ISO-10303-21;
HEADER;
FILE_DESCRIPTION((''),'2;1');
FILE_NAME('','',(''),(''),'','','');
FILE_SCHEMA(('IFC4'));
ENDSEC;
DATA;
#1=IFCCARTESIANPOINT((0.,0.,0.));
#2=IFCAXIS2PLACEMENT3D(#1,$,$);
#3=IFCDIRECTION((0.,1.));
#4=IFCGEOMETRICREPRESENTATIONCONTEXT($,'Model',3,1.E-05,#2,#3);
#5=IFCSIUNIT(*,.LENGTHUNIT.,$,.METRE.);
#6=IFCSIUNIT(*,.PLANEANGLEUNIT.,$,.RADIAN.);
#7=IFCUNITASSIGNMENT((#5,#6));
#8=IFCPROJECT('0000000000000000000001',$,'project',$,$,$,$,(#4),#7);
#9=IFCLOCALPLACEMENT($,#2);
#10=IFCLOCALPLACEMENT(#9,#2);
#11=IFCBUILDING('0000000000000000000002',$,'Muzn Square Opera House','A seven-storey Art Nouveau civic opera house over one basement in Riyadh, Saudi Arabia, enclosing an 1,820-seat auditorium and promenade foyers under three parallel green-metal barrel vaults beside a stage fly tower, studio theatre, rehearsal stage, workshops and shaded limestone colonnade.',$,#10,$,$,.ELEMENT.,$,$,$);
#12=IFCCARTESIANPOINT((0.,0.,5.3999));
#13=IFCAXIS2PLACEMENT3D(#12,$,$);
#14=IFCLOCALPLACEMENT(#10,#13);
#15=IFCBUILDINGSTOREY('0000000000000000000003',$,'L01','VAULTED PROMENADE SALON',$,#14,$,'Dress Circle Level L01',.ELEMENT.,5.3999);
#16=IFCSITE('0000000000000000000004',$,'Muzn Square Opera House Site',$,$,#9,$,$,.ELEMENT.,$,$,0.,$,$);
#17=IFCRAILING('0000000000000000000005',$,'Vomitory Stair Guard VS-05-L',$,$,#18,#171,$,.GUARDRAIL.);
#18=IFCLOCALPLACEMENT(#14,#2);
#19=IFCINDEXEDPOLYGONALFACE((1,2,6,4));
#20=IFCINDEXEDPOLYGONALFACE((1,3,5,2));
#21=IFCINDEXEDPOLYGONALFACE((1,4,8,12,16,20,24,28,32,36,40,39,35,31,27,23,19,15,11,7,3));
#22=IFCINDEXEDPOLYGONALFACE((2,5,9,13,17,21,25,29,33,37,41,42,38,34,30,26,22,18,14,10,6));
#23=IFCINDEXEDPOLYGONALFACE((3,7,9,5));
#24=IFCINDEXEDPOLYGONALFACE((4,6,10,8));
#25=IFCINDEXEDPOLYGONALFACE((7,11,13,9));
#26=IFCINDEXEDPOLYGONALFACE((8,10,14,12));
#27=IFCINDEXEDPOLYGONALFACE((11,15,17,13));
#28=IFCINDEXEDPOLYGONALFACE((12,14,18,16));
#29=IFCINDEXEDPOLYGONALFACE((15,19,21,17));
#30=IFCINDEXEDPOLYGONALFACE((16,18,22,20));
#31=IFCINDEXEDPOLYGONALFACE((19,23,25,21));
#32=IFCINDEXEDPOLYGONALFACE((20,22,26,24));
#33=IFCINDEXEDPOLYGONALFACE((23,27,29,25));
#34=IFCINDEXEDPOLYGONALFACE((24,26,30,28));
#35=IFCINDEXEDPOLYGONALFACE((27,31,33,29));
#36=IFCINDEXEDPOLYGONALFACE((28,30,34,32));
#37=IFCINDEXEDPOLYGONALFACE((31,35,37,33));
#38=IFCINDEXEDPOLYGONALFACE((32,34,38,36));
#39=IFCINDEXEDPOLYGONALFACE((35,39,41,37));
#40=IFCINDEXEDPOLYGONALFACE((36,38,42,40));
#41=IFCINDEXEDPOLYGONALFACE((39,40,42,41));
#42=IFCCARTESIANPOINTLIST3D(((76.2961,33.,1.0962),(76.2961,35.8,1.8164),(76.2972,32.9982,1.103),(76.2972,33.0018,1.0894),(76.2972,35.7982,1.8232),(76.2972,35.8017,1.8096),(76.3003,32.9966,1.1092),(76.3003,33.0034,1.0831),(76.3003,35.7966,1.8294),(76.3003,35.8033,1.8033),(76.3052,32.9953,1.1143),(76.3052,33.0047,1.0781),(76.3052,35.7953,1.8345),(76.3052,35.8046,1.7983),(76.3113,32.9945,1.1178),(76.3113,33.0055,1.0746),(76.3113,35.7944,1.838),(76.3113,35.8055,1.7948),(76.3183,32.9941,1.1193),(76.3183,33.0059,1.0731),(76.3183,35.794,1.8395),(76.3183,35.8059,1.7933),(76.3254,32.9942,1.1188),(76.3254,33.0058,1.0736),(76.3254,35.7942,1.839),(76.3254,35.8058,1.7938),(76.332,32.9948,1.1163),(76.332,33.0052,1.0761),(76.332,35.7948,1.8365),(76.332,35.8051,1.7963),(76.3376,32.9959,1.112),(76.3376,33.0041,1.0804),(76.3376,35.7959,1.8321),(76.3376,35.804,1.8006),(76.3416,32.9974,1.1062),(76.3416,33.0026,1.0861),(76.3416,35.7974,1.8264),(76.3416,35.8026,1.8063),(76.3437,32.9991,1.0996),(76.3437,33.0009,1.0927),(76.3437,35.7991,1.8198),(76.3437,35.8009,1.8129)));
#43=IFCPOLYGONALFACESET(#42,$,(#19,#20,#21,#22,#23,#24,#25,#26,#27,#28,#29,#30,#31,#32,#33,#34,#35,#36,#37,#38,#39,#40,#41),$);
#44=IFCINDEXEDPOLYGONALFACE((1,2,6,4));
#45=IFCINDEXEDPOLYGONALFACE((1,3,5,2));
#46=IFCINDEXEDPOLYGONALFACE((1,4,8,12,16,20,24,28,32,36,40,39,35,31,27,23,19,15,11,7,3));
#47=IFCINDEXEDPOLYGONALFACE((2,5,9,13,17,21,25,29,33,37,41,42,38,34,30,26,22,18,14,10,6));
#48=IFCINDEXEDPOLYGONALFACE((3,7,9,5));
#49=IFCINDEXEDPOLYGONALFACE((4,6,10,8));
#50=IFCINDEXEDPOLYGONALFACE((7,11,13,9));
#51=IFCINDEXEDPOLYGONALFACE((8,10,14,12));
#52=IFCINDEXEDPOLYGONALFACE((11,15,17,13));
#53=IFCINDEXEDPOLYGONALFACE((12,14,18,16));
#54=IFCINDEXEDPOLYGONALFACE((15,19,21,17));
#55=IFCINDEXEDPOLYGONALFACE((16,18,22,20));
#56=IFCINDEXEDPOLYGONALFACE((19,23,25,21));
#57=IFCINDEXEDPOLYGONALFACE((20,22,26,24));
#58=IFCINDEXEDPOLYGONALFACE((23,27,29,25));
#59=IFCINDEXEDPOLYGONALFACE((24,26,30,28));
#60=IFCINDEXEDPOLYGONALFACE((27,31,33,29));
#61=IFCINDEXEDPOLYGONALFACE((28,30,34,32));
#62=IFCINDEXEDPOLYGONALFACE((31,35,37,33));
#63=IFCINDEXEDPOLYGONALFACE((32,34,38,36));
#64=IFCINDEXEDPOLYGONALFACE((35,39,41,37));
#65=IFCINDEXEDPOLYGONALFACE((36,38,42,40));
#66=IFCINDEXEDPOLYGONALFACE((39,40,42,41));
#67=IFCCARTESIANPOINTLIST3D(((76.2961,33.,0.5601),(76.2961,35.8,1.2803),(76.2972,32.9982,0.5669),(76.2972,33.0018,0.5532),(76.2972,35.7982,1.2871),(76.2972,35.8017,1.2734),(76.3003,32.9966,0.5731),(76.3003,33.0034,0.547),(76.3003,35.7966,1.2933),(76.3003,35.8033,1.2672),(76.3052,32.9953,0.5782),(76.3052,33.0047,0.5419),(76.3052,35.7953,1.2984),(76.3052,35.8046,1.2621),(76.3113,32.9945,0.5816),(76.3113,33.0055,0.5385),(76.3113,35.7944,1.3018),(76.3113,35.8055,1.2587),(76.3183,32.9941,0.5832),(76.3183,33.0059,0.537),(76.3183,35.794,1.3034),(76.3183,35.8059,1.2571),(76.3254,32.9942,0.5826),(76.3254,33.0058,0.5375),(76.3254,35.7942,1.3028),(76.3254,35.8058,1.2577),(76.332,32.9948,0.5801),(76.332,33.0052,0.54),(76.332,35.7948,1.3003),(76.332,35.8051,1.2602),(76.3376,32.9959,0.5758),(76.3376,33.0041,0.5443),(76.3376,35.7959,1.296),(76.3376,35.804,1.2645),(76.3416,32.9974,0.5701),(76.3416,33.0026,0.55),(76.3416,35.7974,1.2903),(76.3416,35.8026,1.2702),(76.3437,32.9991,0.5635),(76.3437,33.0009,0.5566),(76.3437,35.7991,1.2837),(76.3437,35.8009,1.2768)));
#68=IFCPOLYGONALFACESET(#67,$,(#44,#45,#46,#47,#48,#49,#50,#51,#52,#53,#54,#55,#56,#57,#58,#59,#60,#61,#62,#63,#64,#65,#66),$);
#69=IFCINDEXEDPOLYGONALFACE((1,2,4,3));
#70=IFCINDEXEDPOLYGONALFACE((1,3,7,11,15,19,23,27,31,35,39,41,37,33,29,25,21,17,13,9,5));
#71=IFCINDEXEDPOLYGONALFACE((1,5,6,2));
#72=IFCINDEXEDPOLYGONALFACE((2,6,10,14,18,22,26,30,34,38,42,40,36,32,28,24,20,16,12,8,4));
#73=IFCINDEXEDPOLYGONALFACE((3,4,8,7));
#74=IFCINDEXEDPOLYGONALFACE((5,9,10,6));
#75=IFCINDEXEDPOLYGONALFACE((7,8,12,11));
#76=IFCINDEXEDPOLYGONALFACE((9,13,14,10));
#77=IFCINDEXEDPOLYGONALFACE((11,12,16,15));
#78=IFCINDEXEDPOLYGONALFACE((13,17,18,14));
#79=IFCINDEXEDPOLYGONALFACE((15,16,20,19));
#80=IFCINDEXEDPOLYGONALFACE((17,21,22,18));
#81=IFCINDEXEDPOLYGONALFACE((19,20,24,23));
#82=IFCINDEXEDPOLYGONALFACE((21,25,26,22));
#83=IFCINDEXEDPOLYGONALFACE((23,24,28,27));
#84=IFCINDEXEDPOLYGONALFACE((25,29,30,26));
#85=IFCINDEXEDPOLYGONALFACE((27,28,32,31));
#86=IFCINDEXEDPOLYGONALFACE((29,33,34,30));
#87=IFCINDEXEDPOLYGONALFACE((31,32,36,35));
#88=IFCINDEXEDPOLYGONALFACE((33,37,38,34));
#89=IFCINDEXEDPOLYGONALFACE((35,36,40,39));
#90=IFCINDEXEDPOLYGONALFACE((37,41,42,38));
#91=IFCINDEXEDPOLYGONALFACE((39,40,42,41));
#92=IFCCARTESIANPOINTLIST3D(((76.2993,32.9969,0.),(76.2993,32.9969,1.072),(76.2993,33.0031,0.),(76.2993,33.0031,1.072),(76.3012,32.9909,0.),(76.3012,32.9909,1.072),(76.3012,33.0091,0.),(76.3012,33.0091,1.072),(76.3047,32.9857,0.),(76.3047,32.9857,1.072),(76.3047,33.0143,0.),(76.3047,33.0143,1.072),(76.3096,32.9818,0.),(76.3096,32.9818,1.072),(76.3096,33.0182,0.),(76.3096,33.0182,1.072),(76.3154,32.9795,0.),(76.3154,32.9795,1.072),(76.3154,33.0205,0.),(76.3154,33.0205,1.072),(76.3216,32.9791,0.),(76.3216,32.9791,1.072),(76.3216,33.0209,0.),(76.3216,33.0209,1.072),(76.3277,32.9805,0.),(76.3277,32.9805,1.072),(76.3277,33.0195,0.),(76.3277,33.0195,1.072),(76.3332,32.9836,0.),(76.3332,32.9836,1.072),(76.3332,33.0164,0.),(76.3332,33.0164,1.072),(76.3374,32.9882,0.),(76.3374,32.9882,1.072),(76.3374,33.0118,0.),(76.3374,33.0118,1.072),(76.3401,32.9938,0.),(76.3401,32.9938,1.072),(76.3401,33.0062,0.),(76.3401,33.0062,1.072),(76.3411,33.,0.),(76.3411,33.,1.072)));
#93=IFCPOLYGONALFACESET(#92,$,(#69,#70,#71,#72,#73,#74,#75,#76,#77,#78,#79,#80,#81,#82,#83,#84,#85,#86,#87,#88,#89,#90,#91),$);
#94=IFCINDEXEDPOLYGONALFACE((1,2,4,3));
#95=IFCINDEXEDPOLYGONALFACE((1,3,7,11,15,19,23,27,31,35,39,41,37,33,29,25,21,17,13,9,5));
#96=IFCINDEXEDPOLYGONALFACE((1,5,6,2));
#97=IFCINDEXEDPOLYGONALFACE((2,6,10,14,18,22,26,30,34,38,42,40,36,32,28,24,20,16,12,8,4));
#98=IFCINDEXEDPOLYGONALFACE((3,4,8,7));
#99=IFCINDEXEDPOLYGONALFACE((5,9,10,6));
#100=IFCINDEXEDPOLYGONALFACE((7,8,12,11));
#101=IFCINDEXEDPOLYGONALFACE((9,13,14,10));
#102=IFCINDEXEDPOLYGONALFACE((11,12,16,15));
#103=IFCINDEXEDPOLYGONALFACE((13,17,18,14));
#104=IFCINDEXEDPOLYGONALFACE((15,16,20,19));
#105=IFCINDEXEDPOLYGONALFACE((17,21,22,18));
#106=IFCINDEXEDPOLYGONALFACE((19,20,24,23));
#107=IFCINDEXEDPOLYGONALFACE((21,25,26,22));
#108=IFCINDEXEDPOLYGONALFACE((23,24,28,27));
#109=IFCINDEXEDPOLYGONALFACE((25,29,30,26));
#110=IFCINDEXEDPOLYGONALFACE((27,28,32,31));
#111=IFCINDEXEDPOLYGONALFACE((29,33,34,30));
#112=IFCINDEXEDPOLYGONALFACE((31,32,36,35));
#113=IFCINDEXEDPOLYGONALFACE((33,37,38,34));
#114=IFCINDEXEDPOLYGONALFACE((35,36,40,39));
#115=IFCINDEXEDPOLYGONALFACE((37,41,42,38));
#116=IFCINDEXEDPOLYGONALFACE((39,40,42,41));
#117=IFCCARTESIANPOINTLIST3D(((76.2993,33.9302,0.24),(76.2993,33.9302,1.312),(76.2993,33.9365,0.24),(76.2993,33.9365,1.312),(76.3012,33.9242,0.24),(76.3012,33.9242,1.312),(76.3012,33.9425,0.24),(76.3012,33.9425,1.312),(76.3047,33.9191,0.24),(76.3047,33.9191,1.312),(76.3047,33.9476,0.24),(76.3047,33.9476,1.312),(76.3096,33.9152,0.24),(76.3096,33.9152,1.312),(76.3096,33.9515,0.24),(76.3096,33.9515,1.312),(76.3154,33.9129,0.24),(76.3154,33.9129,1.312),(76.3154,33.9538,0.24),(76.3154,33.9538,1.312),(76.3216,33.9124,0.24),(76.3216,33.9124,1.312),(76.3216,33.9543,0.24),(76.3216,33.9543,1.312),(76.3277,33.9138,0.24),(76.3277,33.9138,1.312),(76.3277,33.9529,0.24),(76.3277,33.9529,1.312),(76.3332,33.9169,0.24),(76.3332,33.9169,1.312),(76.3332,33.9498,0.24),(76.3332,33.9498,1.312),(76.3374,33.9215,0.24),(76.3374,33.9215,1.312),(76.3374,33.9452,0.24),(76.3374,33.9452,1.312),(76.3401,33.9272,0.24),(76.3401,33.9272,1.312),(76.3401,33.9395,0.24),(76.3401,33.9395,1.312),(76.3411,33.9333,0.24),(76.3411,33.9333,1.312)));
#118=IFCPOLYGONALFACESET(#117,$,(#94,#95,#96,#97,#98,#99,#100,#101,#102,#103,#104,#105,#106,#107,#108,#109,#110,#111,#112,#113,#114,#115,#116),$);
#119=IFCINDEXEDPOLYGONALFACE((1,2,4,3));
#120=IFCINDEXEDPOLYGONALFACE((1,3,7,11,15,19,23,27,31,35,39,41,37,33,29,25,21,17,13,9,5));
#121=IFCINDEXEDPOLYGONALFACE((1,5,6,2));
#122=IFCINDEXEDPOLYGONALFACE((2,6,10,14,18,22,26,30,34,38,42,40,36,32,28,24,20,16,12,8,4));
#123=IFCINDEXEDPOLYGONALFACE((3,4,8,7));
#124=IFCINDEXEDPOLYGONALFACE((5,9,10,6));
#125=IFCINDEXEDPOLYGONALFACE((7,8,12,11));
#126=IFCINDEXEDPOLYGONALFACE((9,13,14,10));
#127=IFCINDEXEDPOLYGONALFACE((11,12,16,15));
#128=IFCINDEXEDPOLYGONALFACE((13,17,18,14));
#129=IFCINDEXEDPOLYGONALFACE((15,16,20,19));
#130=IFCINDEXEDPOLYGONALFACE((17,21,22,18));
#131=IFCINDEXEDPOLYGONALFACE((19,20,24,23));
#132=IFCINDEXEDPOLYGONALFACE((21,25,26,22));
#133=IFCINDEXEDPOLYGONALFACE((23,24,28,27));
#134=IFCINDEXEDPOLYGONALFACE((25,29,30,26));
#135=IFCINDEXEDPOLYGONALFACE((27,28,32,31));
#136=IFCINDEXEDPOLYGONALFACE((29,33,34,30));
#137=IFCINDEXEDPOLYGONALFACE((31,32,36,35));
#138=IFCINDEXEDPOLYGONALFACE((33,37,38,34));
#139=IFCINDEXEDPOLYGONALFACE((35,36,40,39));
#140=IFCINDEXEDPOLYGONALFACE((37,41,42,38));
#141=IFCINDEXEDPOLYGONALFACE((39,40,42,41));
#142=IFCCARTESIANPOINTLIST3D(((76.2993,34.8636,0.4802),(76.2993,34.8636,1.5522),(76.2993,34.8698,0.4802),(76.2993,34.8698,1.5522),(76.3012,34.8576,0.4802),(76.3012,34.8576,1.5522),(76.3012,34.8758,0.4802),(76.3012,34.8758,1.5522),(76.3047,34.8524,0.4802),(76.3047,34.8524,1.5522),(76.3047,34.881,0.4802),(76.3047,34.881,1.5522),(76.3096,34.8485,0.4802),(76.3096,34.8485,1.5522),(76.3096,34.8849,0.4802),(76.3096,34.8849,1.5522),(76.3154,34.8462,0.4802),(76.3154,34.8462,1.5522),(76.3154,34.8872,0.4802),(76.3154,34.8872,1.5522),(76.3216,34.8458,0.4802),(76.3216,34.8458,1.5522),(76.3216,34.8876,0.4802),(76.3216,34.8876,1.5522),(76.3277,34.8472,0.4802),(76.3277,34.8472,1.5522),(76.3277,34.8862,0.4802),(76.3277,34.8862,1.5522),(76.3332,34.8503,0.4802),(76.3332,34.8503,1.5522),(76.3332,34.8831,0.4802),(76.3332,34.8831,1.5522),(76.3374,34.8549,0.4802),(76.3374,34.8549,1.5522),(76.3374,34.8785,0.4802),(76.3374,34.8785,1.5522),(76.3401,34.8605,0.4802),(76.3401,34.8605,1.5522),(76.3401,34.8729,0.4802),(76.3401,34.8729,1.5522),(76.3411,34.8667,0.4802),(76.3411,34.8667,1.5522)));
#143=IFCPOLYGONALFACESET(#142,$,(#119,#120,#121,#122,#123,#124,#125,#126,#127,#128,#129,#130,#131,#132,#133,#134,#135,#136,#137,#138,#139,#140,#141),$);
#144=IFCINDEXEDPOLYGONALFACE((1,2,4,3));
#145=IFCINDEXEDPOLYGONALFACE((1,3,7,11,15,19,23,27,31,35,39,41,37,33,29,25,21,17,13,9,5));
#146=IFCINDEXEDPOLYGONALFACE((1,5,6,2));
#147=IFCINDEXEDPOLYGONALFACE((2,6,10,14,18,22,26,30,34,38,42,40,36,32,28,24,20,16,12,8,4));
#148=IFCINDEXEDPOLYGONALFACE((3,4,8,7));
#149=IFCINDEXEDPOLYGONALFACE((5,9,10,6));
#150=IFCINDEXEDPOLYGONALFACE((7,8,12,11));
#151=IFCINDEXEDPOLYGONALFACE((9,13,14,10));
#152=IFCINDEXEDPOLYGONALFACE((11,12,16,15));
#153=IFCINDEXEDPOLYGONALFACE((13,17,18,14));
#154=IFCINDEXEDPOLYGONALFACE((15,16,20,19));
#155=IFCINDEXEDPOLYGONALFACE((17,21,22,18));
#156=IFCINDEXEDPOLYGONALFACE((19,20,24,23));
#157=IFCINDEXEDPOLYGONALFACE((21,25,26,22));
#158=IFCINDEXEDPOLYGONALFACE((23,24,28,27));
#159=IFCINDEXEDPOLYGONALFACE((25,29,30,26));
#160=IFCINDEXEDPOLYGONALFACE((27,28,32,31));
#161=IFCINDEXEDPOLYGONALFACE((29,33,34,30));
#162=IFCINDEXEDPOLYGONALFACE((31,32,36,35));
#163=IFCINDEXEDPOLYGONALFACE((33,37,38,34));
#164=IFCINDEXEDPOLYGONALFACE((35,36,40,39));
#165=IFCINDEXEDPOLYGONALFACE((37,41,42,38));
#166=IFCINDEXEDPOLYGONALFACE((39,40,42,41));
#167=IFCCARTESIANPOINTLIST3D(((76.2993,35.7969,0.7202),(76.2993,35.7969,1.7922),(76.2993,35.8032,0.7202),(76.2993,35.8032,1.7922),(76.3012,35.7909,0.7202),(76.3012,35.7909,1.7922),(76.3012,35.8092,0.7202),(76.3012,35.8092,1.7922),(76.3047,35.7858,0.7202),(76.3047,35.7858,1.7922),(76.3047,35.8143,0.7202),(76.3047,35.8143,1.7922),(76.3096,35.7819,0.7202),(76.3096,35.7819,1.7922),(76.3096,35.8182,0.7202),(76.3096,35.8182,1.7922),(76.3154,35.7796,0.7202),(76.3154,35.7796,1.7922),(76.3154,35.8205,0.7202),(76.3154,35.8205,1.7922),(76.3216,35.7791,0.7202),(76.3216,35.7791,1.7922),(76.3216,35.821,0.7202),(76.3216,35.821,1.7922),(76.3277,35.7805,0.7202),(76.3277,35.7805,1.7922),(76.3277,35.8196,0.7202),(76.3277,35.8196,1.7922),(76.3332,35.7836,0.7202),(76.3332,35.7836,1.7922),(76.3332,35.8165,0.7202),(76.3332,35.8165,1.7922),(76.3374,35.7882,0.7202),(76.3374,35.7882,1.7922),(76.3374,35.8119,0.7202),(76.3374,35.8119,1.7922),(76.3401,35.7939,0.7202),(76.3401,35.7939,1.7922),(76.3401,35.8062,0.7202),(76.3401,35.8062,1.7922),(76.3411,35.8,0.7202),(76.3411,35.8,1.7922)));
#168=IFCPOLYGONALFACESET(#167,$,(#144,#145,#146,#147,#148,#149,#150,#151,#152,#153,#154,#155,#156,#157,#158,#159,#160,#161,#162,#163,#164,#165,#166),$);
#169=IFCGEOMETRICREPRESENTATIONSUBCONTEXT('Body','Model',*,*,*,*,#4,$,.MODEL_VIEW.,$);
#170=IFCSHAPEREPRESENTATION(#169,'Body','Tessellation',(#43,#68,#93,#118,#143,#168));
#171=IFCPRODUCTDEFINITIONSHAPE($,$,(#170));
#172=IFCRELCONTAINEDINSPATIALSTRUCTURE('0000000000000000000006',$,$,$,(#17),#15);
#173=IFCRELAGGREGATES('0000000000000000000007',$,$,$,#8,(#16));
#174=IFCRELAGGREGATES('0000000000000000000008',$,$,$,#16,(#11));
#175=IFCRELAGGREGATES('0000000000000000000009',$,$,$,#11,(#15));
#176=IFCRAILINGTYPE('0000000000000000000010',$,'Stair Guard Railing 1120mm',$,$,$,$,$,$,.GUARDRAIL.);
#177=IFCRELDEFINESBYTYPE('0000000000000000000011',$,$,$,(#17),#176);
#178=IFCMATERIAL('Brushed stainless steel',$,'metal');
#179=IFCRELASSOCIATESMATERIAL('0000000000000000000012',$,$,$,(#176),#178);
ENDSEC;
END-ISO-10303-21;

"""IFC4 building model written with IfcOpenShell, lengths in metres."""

from ifc_helpers import new_model, si_unit, direction, frame, origin, origin_2d, place, context, subcontext, project, spatial, circle, extrude, material, type_object, element, save


model = new_model("IFC4")

# Units and contexts
model_context = context("Model", 3, precision=1e-05, world=origin(), true_north=direction((0.0, 1.0)))
body_context = subcontext(model_context, "Body", "Model", "MODEL_VIEW")
ifc_project = project(units=[si_unit("LENGTHUNIT", "METRE"), si_unit("PLANEANGLEUNIT", "RADIAN")], contexts=[model_context])

# Site, building, storey
site_placement = place(None, origin())
site = spatial("IfcSite", under=ifc_project, at=site_placement, Name="Muzn Square Opera House Site", CompositionType="ELEMENT", RefElevation=0.0)
building_placement = place(site_placement, origin())
building = spatial("IfcBuilding", under=site, at=building_placement, Name="Muzn Square Opera House", Description="A seven-storey Art Nouveau civic opera house over one basement in Riyadh, Saudi Arabia, enclosing an 1,820-seat auditorium and promenade foyers under three parallel green-metal barrel vaults beside a stage fly tower, studio theatre, rehearsal stage, workshops and shaded limestone colonnade.", CompositionType="ELEMENT")
storey_placement = place(building_placement, frame((0.0, 0.0, 5.3999)))
storey = spatial("IfcBuildingStorey", under=building, at=storey_placement, Name="L01", Description="VAULTED PROMENADE SALON", LongName="Dress Circle Level L01", CompositionType="ELEMENT", Elevation=5.3999)

# Railing
ifc_material_1 = material(Name="Brushed stainless steel", Category="metal")
railing_type = type_object("IfcRailingType", Name="Stair Guard Railing 1120mm", PredefinedType="GUARDRAIL", material=ifc_material_1)
railing_placement = place(storey_placement, frame((76.3201, 33.0, 0.0)))
element("IfcRailing", 1, at=railing_placement, inside=storey, type_object=railing_type, Name="Vomitory Stair Guard VS-05-L", PredefinedType="GUARDRAIL", context=body_context, shape_type="SweptSolid", body=[
    extrude(circle(Radius=0.0239, at=origin_2d()), frame((0.0, 0.0, 1.0962), z_axis=(0.0, 0.968476, 0.249107), x_axis=(-1.0, 0.0, 0.0)), (0.0, 0.0, 1.0), 2.8911),
    extrude(circle(Radius=0.0239, at=origin_2d()), frame((0.0, 0.0, 0.5601), z_axis=(0.0, 0.968476, 0.249107), x_axis=(-1.0, 0.0, 0.0)), (0.0, 0.0, 1.0), 2.8911),
    extrude(circle(Radius=0.021, at=origin_2d()), origin(), (0.0, 0.0, 1.0), 1.072),
    extrude(circle(Radius=0.021, at=origin_2d()), frame((0.0, 0.9333, 0.24)), (0.0, 0.0, 1.0), 1.072),
    extrude(circle(Radius=0.021, at=origin_2d()), frame((0.0, 1.8667, 0.4802)), (0.0, 0.0, 1.0), 1.072),
    extrude(circle(Radius=0.021, at=origin_2d()), frame((0.0, 2.8, 0.7202)), (0.0, 0.0, 1.0), 1.072),
])

save(model, "model.ifc")
